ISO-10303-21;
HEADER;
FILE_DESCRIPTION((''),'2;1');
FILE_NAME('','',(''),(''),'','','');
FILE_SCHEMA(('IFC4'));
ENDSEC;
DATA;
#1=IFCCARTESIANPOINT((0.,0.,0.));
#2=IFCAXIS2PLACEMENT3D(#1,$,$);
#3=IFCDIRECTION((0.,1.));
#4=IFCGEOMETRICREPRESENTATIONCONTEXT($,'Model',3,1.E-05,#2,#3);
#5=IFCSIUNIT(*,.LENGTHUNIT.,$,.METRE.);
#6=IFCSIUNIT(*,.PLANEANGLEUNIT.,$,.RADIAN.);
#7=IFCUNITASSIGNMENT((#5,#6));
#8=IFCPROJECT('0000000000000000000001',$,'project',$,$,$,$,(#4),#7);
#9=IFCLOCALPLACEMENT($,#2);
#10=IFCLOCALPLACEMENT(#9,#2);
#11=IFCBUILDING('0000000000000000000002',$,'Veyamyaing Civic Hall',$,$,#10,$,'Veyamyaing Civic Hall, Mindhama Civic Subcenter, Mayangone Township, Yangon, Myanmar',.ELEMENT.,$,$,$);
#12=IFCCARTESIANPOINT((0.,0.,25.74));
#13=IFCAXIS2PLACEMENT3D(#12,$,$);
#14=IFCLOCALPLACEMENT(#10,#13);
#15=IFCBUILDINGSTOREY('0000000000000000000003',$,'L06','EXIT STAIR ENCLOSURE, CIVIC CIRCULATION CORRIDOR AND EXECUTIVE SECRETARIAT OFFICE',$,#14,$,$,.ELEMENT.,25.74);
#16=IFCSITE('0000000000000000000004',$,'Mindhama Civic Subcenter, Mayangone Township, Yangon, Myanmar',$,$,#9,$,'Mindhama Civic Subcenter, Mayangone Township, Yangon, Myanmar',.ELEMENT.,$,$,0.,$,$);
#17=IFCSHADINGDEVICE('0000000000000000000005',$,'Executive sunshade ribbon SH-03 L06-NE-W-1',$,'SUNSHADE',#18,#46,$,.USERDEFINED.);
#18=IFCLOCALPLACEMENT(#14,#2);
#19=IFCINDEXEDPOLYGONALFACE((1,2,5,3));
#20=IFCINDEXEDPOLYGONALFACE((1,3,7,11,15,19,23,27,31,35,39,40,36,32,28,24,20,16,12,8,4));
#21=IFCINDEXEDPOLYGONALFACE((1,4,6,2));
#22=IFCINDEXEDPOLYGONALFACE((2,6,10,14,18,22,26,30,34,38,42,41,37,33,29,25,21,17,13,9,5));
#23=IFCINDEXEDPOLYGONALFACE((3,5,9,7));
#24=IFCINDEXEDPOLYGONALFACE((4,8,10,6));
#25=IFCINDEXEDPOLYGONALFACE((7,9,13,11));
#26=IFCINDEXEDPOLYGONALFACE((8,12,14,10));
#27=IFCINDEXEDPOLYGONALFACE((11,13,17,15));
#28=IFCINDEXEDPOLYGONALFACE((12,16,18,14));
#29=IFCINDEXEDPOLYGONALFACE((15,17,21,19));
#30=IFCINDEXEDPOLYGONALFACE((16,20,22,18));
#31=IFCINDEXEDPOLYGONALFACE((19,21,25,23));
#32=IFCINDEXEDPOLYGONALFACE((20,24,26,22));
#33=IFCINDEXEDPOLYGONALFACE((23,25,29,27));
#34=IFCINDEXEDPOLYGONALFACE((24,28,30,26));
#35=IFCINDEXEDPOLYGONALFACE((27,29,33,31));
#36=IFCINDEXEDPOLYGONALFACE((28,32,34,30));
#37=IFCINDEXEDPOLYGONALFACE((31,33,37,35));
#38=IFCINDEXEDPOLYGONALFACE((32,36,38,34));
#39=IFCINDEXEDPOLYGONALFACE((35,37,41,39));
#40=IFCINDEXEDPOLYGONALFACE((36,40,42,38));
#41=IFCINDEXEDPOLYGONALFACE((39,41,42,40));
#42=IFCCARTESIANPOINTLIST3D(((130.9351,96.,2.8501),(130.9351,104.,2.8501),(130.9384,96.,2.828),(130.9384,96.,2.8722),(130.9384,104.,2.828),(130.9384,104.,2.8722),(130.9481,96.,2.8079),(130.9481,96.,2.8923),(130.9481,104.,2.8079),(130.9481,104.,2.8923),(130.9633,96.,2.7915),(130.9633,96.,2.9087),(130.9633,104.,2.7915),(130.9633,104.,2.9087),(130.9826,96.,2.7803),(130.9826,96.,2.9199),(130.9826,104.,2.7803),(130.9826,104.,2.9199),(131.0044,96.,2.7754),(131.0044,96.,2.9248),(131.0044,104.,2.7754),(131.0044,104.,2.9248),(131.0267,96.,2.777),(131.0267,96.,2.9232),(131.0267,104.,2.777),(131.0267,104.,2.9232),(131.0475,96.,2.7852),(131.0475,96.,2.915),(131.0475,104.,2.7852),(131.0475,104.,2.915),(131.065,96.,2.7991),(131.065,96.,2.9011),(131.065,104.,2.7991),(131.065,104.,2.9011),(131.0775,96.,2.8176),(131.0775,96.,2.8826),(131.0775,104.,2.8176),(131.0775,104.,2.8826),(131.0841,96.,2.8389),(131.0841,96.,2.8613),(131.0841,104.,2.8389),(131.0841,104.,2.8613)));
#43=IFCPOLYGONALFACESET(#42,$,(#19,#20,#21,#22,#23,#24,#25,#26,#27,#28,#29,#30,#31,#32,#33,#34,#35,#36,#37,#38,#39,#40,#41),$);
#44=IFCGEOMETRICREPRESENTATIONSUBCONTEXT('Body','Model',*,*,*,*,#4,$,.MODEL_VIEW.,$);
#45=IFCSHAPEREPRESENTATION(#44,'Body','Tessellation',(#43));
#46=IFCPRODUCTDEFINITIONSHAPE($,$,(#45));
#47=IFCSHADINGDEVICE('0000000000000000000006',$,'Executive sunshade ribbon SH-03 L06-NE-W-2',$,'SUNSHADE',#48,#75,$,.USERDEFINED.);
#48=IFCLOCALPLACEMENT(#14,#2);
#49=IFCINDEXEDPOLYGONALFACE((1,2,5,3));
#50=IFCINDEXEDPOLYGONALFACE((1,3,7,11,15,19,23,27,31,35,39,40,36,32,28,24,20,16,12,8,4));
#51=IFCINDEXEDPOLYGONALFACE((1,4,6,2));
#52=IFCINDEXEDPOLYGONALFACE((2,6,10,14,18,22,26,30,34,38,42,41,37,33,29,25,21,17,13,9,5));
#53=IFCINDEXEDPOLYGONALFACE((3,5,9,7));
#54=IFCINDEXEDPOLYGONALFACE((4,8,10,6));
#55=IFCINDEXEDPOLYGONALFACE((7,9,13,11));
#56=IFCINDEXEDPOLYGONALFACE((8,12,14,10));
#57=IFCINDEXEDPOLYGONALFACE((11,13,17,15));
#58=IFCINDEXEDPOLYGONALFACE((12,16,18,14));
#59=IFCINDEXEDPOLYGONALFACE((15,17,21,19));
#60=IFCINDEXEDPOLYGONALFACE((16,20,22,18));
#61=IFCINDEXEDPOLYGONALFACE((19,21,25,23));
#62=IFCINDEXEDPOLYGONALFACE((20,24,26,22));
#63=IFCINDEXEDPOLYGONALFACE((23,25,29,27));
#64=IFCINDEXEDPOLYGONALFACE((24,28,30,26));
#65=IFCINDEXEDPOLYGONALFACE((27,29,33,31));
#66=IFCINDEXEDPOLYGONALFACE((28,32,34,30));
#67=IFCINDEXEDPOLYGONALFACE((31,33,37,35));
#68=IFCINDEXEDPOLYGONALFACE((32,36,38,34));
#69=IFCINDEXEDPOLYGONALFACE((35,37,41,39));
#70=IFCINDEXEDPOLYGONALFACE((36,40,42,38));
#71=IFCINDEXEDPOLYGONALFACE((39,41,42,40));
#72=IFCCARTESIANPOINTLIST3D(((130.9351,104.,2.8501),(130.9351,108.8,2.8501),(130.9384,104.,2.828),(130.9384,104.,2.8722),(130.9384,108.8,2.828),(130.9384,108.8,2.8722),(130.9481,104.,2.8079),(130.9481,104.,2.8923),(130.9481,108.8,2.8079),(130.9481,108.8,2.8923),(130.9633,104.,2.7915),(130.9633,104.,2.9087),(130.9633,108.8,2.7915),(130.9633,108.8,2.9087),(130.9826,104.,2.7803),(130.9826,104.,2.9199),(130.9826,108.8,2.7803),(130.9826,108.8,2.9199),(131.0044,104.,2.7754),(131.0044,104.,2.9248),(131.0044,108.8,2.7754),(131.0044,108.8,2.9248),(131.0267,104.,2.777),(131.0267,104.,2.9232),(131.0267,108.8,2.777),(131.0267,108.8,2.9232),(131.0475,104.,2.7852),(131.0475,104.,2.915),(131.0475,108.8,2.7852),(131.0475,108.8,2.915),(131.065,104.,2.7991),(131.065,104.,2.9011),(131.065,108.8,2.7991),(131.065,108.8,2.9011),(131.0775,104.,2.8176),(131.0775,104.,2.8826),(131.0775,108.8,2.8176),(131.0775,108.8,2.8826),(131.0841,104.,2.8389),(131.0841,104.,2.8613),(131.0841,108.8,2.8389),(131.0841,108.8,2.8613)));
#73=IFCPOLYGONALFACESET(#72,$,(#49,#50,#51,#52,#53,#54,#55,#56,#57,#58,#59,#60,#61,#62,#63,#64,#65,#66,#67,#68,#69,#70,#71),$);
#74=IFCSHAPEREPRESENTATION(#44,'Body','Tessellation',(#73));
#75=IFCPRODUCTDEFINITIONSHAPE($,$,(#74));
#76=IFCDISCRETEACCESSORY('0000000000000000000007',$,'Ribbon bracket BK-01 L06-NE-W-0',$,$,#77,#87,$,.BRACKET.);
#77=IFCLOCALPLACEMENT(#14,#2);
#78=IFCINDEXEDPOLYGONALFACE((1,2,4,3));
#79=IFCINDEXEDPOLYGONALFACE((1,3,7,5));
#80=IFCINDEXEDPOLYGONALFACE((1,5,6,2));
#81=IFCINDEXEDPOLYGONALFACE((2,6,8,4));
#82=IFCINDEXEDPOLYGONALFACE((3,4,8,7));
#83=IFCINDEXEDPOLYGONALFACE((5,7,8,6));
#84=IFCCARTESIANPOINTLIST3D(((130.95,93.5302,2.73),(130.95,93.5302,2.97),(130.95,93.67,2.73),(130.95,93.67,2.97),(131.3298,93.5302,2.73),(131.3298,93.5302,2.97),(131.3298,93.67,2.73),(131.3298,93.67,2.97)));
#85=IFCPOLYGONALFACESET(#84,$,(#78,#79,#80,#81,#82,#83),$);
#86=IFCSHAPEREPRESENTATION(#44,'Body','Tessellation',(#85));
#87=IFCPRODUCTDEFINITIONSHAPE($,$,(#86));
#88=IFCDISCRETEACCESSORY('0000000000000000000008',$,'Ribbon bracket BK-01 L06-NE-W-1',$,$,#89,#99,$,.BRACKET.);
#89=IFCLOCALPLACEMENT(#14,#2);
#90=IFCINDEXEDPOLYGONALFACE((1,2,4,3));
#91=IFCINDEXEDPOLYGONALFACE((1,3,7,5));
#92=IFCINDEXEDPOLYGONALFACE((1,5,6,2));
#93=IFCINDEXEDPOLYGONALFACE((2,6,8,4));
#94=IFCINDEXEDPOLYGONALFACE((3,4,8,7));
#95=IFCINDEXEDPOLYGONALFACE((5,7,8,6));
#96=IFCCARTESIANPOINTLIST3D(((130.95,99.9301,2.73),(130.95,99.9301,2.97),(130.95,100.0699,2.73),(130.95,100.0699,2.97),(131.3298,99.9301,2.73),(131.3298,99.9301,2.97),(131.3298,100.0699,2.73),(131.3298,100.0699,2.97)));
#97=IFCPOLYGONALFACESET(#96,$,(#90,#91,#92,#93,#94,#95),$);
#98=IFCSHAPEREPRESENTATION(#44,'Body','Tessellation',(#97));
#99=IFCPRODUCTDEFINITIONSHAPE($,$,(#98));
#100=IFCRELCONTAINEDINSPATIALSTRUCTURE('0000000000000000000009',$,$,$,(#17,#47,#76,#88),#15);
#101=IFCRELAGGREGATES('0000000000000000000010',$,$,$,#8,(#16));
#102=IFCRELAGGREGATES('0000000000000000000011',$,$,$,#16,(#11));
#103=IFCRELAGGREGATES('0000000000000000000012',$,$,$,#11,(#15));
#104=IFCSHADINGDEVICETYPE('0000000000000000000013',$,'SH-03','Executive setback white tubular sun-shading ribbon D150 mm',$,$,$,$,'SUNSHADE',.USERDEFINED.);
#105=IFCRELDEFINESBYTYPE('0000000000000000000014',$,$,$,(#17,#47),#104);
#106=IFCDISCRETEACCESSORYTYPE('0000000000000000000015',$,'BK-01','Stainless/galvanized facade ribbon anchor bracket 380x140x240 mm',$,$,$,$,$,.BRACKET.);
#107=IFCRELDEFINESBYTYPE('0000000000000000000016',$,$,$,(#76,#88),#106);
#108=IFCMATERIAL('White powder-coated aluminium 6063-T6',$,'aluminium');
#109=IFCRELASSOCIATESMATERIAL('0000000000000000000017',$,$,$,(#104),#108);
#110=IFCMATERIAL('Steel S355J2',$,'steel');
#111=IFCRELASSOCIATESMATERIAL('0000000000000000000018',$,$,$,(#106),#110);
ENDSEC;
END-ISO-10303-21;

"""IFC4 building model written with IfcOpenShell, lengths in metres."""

from ifc_helpers import new_model, si_unit, direction, frame, origin, origin_2d, place, context, subcontext, project, spatial, rectangle, circle, extrude, material, material_profile, profile_set, type_object, element, save


model = new_model("IFC4")

# Units and contexts
model_context = context("Model", 3, precision=1e-05, world=origin(), true_north=direction((0.0, 1.0)))
body_context = subcontext(model_context, "Body", "Model", "MODEL_VIEW")
ifc_project = project(units=[si_unit("LENGTHUNIT", "METRE"), si_unit("PLANEANGLEUNIT", "RADIAN")], contexts=[model_context])

# Site, building, storey
site_placement = place(None, origin())
site = spatial("IfcSite", under=ifc_project, at=site_placement, Name="Mindhama Civic Subcenter, Mayangone Township, Yangon, Myanmar", LongName="Mindhama Civic Subcenter, Mayangone Township, Yangon, Myanmar", CompositionType="ELEMENT", RefElevation=0.0)
building_placement = place(site_placement, origin())
building = spatial("IfcBuilding", under=site, at=building_placement, Name="Veyamyaing Civic Hall", LongName="Veyamyaing Civic Hall, Mindhama Civic Subcenter, Mayangone Township, Yangon, Myanmar", CompositionType="ELEMENT")
storey_placement = place(building_placement, frame((0.0, 0.0, 25.74)))
storey = spatial("IfcBuildingStorey", under=building, at=storey_placement, Name="L06", Description="EXIT STAIR ENCLOSURE, CIVIC CIRCULATION CORRIDOR AND EXECUTIVE SECRETARIAT OFFICE", CompositionType="ELEMENT", Elevation=25.74)

# Shared definitions
ifc_material_1 = material(Name="White powder-coated aluminium 6063-T6", Category="aluminium")

# Shared definitions
ifc_material_2 = material(Name="Steel S355J2", Category="steel")

# Shading devices
ifc_material_profile_1 = material_profile(ifc_material_1, circle(Radius=0.075, at=origin_2d()), Name="SHADE-TUBE-150")
ifc_profile_set_1 = profile_set([ifc_material_profile_1], Name="White powder-coated aluminium 6063-T6")
shading_device_type = type_object("IfcShadingDeviceType", Name="SH-03", Description="Executive setback white tubular sun-shading ribbon D150 mm", ElementType="SUNSHADE", PredefinedType="USERDEFINED", material=ifc_profile_set_1)
shading_device_1_placement = place(storey_placement, frame((131.01, 96.0, 2.8501), z_axis=(0.0, 1.0, 0.0), x_axis=(-1.0, 0.0, 0.0)))
element("IfcShadingDevice", 1, at=shading_device_1_placement, inside=storey, type_object=shading_device_type, Name="Executive sunshade ribbon SH-03 L06-NE-W-1", ObjectType="SUNSHADE", PredefinedType="USERDEFINED", context=body_context, shape_type="SweptSolid", body=[
    extrude(circle(Radius=0.075, at=origin_2d()), origin(), (0.0, 0.0, 1.0), 8.0),
])
shading_device_2_placement = place(storey_placement, frame((131.01, 104.0, 2.8501), z_axis=(0.0, 1.0, 0.0), x_axis=(-1.0, 0.0, 0.0)))
element("IfcShadingDevice", 2, at=shading_device_2_placement, inside=storey, type_object=shading_device_type, Name="Executive sunshade ribbon SH-03 L06-NE-W-2", ObjectType="SUNSHADE", PredefinedType="USERDEFINED", context=body_context, shape_type="SweptSolid", body=[
    extrude(circle(Radius=0.075, at=origin_2d()), origin(), (0.0, 0.0, 1.0), 4.8),
])

# Discrete accessories
discrete_accessory_type = type_object("IfcDiscreteAccessoryType", Name="BK-01", Description="Stainless/galvanized facade ribbon anchor bracket 380x140x240 mm", PredefinedType="BRACKET", material=ifc_material_2)
for number, where, z_axis, x_axis, name in (
    (3, (131.1399, 93.6001, 2.73), (0.0, 0.0, 1.0), (-1.0, 0.0, 0.0), "Ribbon bracket BK-01 L06-NE-W-0"),
    (4, (131.1399, 100.0, 2.73), (0.0, 0.0, 1.0), (-1.0, 0.0, 0.0), "Ribbon bracket BK-01 L06-NE-W-1"),
):
    element("IfcDiscreteAccessory", number, at=place(storey_placement, frame(where, z_axis=z_axis, x_axis=x_axis)), inside=storey, type_object=discrete_accessory_type, Name=name, PredefinedType="BRACKET", context=body_context, shape_type="SweptSolid", body=[
        extrude(rectangle(XDim=0.3799, YDim=0.1399, at=origin_2d()), origin(), (0.0, 0.0, 1.0), 0.24),
    ])

save(model, "model.ifc")
